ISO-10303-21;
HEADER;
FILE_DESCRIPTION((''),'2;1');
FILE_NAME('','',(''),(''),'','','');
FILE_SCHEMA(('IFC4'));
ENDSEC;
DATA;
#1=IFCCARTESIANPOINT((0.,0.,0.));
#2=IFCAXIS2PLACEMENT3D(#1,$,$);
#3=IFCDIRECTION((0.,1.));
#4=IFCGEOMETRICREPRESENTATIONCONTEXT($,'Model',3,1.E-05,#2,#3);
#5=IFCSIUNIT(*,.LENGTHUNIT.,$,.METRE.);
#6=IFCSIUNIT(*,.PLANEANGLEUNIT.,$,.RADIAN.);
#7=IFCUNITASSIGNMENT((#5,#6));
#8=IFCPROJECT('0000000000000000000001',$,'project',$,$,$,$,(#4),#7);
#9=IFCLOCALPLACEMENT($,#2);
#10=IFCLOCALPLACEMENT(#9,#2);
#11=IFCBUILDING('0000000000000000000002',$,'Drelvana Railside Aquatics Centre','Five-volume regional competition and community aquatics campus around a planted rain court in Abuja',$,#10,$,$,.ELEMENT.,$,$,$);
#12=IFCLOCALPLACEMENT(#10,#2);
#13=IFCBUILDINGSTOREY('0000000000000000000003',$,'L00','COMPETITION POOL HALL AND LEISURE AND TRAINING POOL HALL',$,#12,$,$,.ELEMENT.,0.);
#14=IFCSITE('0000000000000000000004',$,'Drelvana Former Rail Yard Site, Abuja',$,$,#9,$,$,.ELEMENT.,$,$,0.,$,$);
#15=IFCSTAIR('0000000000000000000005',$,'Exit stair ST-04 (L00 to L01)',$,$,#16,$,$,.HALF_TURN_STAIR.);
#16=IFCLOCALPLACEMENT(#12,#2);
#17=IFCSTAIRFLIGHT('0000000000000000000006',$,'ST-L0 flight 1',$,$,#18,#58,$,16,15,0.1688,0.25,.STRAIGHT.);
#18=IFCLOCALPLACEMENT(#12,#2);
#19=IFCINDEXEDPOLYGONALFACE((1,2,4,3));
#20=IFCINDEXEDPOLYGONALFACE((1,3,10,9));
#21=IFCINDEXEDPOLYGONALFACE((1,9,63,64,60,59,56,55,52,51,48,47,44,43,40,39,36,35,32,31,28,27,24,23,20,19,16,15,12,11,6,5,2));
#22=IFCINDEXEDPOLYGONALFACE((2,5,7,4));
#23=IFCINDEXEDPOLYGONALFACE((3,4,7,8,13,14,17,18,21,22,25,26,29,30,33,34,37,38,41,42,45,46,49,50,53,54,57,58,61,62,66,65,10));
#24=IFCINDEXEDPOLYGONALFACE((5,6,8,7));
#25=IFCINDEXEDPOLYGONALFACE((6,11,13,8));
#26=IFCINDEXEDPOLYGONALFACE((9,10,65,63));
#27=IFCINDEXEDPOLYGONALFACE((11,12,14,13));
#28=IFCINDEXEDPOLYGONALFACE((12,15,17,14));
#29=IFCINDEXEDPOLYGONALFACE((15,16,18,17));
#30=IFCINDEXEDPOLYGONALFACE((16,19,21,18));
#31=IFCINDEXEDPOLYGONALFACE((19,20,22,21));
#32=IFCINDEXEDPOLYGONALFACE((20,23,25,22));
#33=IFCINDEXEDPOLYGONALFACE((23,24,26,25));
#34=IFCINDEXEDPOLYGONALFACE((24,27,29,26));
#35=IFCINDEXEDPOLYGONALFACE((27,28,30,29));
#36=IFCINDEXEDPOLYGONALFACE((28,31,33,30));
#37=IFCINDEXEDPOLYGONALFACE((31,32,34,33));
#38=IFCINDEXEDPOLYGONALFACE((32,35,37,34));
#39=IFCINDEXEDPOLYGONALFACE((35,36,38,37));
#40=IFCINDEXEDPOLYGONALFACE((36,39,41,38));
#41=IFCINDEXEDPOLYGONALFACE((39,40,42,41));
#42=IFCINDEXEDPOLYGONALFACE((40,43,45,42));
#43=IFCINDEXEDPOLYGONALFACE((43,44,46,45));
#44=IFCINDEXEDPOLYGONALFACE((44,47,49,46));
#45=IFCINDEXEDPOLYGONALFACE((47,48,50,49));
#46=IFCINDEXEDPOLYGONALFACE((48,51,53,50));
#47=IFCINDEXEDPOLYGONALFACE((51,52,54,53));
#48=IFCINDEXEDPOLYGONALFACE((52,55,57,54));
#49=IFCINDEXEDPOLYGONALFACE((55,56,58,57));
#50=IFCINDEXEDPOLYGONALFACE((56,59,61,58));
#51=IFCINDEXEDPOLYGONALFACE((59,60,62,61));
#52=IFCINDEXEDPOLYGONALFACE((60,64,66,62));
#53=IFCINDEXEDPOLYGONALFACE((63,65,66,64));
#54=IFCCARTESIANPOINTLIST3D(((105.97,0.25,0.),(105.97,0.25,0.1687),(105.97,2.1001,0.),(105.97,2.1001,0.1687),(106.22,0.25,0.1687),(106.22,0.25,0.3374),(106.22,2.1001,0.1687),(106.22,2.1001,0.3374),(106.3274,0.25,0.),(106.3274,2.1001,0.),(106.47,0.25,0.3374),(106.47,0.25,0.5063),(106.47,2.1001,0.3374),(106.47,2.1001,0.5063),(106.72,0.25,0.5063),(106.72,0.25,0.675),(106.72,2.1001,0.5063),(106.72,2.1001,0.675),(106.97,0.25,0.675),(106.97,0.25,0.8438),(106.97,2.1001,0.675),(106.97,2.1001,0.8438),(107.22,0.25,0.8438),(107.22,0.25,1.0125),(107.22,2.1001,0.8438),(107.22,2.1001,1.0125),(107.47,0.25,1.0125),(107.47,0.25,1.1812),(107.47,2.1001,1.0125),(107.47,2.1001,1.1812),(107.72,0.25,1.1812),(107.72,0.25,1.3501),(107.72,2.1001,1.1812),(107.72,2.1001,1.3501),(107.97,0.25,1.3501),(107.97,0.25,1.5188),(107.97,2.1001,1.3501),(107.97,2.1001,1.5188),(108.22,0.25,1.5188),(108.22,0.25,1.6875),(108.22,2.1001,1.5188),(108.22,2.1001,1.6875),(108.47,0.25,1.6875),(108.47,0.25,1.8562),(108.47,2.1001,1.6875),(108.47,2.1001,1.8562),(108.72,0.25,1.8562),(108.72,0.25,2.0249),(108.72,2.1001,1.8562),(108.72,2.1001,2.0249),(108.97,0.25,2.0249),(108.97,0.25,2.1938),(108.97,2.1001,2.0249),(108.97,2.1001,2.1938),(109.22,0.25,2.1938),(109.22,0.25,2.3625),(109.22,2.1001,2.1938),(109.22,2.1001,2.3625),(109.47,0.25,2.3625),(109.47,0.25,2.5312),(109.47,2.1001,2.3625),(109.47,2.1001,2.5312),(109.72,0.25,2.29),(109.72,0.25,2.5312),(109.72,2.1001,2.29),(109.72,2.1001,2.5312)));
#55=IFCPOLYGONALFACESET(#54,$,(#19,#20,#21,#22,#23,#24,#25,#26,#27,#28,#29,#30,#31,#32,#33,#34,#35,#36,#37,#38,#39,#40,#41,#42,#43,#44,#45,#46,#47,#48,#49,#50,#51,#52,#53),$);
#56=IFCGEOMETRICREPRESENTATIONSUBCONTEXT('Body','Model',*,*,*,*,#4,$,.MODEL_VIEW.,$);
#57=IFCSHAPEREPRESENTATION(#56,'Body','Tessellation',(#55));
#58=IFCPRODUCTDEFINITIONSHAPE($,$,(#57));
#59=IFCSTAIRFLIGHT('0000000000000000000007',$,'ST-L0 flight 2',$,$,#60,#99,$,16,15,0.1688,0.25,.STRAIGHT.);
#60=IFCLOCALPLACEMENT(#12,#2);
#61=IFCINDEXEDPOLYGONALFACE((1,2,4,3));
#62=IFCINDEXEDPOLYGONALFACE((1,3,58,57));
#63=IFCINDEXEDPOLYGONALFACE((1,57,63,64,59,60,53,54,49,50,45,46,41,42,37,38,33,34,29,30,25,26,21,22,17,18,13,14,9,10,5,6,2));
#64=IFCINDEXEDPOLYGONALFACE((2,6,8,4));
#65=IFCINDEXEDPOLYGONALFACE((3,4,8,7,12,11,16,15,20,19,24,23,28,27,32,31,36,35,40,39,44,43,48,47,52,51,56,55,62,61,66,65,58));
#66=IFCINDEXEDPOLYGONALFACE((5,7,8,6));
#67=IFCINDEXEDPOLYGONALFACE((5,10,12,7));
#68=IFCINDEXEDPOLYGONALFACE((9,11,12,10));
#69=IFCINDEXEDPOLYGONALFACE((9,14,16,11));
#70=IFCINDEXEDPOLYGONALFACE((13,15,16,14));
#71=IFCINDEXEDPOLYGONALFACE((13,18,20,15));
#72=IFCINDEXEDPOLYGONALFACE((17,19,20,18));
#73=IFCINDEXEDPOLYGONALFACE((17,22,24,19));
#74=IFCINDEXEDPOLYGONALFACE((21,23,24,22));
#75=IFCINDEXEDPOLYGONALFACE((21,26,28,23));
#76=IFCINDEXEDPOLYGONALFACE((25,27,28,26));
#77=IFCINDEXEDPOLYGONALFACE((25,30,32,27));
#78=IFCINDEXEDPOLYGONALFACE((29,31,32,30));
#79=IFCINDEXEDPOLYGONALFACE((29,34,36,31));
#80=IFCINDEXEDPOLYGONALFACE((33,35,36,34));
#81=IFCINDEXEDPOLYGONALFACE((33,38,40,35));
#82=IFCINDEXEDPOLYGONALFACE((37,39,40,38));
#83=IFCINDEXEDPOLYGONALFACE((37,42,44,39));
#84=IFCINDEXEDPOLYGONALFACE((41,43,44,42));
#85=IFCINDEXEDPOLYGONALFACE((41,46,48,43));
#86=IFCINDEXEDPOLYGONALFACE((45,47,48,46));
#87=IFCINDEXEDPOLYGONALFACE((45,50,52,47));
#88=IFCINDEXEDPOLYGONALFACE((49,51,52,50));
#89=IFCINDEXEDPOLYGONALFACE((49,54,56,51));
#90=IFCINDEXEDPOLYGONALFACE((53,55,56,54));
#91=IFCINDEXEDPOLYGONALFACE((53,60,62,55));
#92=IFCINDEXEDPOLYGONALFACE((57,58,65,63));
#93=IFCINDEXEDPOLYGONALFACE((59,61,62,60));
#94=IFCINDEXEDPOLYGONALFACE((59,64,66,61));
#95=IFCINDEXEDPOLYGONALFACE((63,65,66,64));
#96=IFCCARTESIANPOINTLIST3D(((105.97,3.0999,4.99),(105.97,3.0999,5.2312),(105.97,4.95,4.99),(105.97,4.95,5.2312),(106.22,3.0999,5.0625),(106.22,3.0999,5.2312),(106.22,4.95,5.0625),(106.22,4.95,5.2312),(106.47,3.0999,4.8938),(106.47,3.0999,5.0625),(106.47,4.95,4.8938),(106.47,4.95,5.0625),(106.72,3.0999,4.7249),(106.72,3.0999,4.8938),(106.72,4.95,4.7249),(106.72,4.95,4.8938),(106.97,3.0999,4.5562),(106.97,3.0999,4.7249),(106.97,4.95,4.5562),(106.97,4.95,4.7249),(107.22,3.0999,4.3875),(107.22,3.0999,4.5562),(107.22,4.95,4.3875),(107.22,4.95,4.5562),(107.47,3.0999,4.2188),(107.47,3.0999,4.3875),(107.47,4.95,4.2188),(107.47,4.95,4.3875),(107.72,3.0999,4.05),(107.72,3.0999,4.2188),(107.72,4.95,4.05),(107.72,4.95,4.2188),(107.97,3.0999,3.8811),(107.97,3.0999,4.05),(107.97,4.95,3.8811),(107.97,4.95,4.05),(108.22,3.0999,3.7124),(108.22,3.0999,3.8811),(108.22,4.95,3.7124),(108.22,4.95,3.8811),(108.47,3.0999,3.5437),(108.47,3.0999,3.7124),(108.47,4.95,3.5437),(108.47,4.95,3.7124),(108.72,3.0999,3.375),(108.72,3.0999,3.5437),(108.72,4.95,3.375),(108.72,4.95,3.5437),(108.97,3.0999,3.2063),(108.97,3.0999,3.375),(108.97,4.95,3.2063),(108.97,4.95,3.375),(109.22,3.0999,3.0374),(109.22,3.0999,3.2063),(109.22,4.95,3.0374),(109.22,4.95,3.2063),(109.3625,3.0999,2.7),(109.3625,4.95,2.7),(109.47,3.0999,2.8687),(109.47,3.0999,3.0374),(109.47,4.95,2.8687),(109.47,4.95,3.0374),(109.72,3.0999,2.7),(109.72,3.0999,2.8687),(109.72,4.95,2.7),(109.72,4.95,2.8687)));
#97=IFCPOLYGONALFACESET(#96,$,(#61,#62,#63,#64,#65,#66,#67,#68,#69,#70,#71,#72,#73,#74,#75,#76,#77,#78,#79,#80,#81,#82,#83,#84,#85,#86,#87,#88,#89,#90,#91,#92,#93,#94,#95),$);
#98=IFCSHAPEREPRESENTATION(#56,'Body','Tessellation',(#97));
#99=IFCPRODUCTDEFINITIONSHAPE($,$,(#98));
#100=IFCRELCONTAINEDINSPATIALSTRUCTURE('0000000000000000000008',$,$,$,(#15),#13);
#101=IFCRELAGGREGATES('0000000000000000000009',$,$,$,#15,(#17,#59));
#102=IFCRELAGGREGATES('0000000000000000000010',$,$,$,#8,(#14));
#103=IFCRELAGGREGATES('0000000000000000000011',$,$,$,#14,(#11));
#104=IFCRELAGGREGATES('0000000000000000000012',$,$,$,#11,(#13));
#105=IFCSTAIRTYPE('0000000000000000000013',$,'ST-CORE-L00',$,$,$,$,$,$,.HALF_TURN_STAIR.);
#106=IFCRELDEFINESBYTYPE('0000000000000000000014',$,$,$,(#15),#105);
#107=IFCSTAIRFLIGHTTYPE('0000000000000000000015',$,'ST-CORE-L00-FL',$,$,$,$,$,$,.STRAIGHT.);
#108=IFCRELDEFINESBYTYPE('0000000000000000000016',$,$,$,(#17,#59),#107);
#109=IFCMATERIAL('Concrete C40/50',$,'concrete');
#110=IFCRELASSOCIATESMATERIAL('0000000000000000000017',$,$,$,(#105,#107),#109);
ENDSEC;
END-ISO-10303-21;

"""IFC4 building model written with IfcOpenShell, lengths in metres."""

from ifc_helpers import new_model, si_unit, direction, frame, origin, place, context, subcontext, project, spatial, polyline, outline, extrude, material, type_object, element, aggregate, save


model = new_model("IFC4")

# Units and contexts
model_context = context("Model", 3, precision=1e-05, world=origin(), true_north=direction((0.0, 1.0)))
body_context = subcontext(model_context, "Body", "Model", "MODEL_VIEW")
ifc_project = project(units=[si_unit("LENGTHUNIT", "METRE"), si_unit("PLANEANGLEUNIT", "RADIAN")], contexts=[model_context])

# Site, building, storey
site_placement = place(None, origin())
site = spatial("IfcSite", under=ifc_project, at=site_placement, Name="Drelvana Former Rail Yard Site, Abuja", CompositionType="ELEMENT", RefElevation=0.0)
building_placement = place(site_placement, origin())
building = spatial("IfcBuilding", under=site, at=building_placement, Name="Drelvana Railside Aquatics Centre", Description="Five-volume regional competition and community aquatics campus around a planted rain court in Abuja", CompositionType="ELEMENT")
storey_placement = place(building_placement, origin())
storey = spatial("IfcBuildingStorey", under=building, at=storey_placement, Name="L00", Description="COMPETITION POOL HALL AND LEISURE AND TRAINING POOL HALL", CompositionType="ELEMENT", Elevation=0.0)

# Shared definitions
ifc_material_1 = material(Name="Concrete C40/50", Category="concrete")

# Stair, stair flights
stair_type = type_object("IfcStairType", Name="ST-CORE-L00", PredefinedType="HALF_TURN_STAIR", material=ifc_material_1)
stair_placement = place(storey_placement, origin())
stair = element("IfcStair", 1, at=stair_placement, inside=storey, type_object=stair_type, Name="Exit stair ST-04 (L00 to L01)", PredefinedType="HALF_TURN_STAIR")
stair_flight_type = type_object("IfcStairFlightType", Name="ST-CORE-L00-FL", PredefinedType="STRAIGHT", material=ifc_material_1)
stair_flight_1_placement = place(storey_placement, frame((105.97, 1.175, 0.0), z_axis=(0.0, 0.0, 1.0), x_axis=(1.0, 0.0, 0.0)))
stair_flight_1 = element("IfcStairFlight", 2, at=stair_flight_1_placement, type_object=stair_flight_type, Name="ST-L0 flight 1", NumberOfRisers=16, NumberOfTreads=15, PredefinedType="STRAIGHT", RiserHeight=0.1688, TreadLength=0.25, context=body_context, shape_type="SweptSolid", body=[
    extrude(outline(polyline([(0.0, 0.0), (0.0, 0.1687), (0.25, 0.1687), (0.25, 0.3374), (0.5, 0.3374), (0.5, 0.5063), (0.75, 0.5063), (0.75, 0.675), (1.0, 0.675), (1.0, 0.8438), (1.25, 0.8438), (1.25, 1.0125), (1.5, 1.0125), (1.5, 1.1812), (1.75, 1.1812), (1.75, 1.3501), (2.0, 1.3501), (2.0, 1.5188), (2.25, 1.5188), (2.25, 1.6875), (2.5, 1.6875), (2.5, 1.8562), (2.75, 1.8562), (2.75, 2.0249), (3.0, 2.0249), (3.0, 2.1938), (3.25, 2.1938), (3.25, 2.3625), (3.5, 2.3625), (3.5, 2.5312), (3.75, 2.5312), (3.75, 2.7), (3.75, 2.29), (0.3574, 0.0), (0.0, 0.0)])), frame((0.0, 0.925, 0.0), z_axis=(0.0, -1.0, 0.0), x_axis=(1.0, 0.0, 0.0)), (0.0, 0.0, 1.0), 1.8501),
])
stair_flight_2_placement = place(storey_placement, frame((109.72, 4.0249, 2.7), z_axis=(0.0, 0.0, 1.0), x_axis=(-1.0, 0.0, 0.0)))
stair_flight_2 = element("IfcStairFlight", 3, at=stair_flight_2_placement, type_object=stair_flight_type, Name="ST-L0 flight 2", NumberOfRisers=16, NumberOfTreads=15, PredefinedType="STRAIGHT", RiserHeight=0.1688, TreadLength=0.25, context=body_context, shape_type="SweptSolid", body=[
    extrude(outline(polyline([(0.0, 0.0), (0.0, 0.1687), (0.25, 0.1687), (0.25, 0.3374), (0.5, 0.3374), (0.5, 0.5063), (0.75, 0.5063), (0.75, 0.675), (1.0, 0.675), (1.0, 0.8438), (1.25, 0.8438), (1.25, 1.0125), (1.5, 1.0125), (1.5, 1.1812), (1.75, 1.1812), (1.75, 1.3501), (2.0, 1.3501), (2.0, 1.5188), (2.25, 1.5188), (2.25, 1.6875), (2.5, 1.6875), (2.5, 1.8562), (2.75, 1.8562), (2.75, 2.0249), (3.0, 2.0249), (3.0, 2.1938), (3.25, 2.1938), (3.25, 2.3625), (3.5, 2.3625), (3.5, 2.5312), (3.75, 2.5312), (3.75, 2.7), (3.75, 2.29), (0.3574, 0.0), (0.0, 0.0)])), frame((0.0, 0.925, 0.0), z_axis=(0.0, -1.0, 0.0), x_axis=(1.0, 0.0, 0.0)), (0.0, 0.0, 1.0), 1.8501),
])
aggregate(stair, [stair_flight_1, stair_flight_2])

save(model, "model.ifc")
